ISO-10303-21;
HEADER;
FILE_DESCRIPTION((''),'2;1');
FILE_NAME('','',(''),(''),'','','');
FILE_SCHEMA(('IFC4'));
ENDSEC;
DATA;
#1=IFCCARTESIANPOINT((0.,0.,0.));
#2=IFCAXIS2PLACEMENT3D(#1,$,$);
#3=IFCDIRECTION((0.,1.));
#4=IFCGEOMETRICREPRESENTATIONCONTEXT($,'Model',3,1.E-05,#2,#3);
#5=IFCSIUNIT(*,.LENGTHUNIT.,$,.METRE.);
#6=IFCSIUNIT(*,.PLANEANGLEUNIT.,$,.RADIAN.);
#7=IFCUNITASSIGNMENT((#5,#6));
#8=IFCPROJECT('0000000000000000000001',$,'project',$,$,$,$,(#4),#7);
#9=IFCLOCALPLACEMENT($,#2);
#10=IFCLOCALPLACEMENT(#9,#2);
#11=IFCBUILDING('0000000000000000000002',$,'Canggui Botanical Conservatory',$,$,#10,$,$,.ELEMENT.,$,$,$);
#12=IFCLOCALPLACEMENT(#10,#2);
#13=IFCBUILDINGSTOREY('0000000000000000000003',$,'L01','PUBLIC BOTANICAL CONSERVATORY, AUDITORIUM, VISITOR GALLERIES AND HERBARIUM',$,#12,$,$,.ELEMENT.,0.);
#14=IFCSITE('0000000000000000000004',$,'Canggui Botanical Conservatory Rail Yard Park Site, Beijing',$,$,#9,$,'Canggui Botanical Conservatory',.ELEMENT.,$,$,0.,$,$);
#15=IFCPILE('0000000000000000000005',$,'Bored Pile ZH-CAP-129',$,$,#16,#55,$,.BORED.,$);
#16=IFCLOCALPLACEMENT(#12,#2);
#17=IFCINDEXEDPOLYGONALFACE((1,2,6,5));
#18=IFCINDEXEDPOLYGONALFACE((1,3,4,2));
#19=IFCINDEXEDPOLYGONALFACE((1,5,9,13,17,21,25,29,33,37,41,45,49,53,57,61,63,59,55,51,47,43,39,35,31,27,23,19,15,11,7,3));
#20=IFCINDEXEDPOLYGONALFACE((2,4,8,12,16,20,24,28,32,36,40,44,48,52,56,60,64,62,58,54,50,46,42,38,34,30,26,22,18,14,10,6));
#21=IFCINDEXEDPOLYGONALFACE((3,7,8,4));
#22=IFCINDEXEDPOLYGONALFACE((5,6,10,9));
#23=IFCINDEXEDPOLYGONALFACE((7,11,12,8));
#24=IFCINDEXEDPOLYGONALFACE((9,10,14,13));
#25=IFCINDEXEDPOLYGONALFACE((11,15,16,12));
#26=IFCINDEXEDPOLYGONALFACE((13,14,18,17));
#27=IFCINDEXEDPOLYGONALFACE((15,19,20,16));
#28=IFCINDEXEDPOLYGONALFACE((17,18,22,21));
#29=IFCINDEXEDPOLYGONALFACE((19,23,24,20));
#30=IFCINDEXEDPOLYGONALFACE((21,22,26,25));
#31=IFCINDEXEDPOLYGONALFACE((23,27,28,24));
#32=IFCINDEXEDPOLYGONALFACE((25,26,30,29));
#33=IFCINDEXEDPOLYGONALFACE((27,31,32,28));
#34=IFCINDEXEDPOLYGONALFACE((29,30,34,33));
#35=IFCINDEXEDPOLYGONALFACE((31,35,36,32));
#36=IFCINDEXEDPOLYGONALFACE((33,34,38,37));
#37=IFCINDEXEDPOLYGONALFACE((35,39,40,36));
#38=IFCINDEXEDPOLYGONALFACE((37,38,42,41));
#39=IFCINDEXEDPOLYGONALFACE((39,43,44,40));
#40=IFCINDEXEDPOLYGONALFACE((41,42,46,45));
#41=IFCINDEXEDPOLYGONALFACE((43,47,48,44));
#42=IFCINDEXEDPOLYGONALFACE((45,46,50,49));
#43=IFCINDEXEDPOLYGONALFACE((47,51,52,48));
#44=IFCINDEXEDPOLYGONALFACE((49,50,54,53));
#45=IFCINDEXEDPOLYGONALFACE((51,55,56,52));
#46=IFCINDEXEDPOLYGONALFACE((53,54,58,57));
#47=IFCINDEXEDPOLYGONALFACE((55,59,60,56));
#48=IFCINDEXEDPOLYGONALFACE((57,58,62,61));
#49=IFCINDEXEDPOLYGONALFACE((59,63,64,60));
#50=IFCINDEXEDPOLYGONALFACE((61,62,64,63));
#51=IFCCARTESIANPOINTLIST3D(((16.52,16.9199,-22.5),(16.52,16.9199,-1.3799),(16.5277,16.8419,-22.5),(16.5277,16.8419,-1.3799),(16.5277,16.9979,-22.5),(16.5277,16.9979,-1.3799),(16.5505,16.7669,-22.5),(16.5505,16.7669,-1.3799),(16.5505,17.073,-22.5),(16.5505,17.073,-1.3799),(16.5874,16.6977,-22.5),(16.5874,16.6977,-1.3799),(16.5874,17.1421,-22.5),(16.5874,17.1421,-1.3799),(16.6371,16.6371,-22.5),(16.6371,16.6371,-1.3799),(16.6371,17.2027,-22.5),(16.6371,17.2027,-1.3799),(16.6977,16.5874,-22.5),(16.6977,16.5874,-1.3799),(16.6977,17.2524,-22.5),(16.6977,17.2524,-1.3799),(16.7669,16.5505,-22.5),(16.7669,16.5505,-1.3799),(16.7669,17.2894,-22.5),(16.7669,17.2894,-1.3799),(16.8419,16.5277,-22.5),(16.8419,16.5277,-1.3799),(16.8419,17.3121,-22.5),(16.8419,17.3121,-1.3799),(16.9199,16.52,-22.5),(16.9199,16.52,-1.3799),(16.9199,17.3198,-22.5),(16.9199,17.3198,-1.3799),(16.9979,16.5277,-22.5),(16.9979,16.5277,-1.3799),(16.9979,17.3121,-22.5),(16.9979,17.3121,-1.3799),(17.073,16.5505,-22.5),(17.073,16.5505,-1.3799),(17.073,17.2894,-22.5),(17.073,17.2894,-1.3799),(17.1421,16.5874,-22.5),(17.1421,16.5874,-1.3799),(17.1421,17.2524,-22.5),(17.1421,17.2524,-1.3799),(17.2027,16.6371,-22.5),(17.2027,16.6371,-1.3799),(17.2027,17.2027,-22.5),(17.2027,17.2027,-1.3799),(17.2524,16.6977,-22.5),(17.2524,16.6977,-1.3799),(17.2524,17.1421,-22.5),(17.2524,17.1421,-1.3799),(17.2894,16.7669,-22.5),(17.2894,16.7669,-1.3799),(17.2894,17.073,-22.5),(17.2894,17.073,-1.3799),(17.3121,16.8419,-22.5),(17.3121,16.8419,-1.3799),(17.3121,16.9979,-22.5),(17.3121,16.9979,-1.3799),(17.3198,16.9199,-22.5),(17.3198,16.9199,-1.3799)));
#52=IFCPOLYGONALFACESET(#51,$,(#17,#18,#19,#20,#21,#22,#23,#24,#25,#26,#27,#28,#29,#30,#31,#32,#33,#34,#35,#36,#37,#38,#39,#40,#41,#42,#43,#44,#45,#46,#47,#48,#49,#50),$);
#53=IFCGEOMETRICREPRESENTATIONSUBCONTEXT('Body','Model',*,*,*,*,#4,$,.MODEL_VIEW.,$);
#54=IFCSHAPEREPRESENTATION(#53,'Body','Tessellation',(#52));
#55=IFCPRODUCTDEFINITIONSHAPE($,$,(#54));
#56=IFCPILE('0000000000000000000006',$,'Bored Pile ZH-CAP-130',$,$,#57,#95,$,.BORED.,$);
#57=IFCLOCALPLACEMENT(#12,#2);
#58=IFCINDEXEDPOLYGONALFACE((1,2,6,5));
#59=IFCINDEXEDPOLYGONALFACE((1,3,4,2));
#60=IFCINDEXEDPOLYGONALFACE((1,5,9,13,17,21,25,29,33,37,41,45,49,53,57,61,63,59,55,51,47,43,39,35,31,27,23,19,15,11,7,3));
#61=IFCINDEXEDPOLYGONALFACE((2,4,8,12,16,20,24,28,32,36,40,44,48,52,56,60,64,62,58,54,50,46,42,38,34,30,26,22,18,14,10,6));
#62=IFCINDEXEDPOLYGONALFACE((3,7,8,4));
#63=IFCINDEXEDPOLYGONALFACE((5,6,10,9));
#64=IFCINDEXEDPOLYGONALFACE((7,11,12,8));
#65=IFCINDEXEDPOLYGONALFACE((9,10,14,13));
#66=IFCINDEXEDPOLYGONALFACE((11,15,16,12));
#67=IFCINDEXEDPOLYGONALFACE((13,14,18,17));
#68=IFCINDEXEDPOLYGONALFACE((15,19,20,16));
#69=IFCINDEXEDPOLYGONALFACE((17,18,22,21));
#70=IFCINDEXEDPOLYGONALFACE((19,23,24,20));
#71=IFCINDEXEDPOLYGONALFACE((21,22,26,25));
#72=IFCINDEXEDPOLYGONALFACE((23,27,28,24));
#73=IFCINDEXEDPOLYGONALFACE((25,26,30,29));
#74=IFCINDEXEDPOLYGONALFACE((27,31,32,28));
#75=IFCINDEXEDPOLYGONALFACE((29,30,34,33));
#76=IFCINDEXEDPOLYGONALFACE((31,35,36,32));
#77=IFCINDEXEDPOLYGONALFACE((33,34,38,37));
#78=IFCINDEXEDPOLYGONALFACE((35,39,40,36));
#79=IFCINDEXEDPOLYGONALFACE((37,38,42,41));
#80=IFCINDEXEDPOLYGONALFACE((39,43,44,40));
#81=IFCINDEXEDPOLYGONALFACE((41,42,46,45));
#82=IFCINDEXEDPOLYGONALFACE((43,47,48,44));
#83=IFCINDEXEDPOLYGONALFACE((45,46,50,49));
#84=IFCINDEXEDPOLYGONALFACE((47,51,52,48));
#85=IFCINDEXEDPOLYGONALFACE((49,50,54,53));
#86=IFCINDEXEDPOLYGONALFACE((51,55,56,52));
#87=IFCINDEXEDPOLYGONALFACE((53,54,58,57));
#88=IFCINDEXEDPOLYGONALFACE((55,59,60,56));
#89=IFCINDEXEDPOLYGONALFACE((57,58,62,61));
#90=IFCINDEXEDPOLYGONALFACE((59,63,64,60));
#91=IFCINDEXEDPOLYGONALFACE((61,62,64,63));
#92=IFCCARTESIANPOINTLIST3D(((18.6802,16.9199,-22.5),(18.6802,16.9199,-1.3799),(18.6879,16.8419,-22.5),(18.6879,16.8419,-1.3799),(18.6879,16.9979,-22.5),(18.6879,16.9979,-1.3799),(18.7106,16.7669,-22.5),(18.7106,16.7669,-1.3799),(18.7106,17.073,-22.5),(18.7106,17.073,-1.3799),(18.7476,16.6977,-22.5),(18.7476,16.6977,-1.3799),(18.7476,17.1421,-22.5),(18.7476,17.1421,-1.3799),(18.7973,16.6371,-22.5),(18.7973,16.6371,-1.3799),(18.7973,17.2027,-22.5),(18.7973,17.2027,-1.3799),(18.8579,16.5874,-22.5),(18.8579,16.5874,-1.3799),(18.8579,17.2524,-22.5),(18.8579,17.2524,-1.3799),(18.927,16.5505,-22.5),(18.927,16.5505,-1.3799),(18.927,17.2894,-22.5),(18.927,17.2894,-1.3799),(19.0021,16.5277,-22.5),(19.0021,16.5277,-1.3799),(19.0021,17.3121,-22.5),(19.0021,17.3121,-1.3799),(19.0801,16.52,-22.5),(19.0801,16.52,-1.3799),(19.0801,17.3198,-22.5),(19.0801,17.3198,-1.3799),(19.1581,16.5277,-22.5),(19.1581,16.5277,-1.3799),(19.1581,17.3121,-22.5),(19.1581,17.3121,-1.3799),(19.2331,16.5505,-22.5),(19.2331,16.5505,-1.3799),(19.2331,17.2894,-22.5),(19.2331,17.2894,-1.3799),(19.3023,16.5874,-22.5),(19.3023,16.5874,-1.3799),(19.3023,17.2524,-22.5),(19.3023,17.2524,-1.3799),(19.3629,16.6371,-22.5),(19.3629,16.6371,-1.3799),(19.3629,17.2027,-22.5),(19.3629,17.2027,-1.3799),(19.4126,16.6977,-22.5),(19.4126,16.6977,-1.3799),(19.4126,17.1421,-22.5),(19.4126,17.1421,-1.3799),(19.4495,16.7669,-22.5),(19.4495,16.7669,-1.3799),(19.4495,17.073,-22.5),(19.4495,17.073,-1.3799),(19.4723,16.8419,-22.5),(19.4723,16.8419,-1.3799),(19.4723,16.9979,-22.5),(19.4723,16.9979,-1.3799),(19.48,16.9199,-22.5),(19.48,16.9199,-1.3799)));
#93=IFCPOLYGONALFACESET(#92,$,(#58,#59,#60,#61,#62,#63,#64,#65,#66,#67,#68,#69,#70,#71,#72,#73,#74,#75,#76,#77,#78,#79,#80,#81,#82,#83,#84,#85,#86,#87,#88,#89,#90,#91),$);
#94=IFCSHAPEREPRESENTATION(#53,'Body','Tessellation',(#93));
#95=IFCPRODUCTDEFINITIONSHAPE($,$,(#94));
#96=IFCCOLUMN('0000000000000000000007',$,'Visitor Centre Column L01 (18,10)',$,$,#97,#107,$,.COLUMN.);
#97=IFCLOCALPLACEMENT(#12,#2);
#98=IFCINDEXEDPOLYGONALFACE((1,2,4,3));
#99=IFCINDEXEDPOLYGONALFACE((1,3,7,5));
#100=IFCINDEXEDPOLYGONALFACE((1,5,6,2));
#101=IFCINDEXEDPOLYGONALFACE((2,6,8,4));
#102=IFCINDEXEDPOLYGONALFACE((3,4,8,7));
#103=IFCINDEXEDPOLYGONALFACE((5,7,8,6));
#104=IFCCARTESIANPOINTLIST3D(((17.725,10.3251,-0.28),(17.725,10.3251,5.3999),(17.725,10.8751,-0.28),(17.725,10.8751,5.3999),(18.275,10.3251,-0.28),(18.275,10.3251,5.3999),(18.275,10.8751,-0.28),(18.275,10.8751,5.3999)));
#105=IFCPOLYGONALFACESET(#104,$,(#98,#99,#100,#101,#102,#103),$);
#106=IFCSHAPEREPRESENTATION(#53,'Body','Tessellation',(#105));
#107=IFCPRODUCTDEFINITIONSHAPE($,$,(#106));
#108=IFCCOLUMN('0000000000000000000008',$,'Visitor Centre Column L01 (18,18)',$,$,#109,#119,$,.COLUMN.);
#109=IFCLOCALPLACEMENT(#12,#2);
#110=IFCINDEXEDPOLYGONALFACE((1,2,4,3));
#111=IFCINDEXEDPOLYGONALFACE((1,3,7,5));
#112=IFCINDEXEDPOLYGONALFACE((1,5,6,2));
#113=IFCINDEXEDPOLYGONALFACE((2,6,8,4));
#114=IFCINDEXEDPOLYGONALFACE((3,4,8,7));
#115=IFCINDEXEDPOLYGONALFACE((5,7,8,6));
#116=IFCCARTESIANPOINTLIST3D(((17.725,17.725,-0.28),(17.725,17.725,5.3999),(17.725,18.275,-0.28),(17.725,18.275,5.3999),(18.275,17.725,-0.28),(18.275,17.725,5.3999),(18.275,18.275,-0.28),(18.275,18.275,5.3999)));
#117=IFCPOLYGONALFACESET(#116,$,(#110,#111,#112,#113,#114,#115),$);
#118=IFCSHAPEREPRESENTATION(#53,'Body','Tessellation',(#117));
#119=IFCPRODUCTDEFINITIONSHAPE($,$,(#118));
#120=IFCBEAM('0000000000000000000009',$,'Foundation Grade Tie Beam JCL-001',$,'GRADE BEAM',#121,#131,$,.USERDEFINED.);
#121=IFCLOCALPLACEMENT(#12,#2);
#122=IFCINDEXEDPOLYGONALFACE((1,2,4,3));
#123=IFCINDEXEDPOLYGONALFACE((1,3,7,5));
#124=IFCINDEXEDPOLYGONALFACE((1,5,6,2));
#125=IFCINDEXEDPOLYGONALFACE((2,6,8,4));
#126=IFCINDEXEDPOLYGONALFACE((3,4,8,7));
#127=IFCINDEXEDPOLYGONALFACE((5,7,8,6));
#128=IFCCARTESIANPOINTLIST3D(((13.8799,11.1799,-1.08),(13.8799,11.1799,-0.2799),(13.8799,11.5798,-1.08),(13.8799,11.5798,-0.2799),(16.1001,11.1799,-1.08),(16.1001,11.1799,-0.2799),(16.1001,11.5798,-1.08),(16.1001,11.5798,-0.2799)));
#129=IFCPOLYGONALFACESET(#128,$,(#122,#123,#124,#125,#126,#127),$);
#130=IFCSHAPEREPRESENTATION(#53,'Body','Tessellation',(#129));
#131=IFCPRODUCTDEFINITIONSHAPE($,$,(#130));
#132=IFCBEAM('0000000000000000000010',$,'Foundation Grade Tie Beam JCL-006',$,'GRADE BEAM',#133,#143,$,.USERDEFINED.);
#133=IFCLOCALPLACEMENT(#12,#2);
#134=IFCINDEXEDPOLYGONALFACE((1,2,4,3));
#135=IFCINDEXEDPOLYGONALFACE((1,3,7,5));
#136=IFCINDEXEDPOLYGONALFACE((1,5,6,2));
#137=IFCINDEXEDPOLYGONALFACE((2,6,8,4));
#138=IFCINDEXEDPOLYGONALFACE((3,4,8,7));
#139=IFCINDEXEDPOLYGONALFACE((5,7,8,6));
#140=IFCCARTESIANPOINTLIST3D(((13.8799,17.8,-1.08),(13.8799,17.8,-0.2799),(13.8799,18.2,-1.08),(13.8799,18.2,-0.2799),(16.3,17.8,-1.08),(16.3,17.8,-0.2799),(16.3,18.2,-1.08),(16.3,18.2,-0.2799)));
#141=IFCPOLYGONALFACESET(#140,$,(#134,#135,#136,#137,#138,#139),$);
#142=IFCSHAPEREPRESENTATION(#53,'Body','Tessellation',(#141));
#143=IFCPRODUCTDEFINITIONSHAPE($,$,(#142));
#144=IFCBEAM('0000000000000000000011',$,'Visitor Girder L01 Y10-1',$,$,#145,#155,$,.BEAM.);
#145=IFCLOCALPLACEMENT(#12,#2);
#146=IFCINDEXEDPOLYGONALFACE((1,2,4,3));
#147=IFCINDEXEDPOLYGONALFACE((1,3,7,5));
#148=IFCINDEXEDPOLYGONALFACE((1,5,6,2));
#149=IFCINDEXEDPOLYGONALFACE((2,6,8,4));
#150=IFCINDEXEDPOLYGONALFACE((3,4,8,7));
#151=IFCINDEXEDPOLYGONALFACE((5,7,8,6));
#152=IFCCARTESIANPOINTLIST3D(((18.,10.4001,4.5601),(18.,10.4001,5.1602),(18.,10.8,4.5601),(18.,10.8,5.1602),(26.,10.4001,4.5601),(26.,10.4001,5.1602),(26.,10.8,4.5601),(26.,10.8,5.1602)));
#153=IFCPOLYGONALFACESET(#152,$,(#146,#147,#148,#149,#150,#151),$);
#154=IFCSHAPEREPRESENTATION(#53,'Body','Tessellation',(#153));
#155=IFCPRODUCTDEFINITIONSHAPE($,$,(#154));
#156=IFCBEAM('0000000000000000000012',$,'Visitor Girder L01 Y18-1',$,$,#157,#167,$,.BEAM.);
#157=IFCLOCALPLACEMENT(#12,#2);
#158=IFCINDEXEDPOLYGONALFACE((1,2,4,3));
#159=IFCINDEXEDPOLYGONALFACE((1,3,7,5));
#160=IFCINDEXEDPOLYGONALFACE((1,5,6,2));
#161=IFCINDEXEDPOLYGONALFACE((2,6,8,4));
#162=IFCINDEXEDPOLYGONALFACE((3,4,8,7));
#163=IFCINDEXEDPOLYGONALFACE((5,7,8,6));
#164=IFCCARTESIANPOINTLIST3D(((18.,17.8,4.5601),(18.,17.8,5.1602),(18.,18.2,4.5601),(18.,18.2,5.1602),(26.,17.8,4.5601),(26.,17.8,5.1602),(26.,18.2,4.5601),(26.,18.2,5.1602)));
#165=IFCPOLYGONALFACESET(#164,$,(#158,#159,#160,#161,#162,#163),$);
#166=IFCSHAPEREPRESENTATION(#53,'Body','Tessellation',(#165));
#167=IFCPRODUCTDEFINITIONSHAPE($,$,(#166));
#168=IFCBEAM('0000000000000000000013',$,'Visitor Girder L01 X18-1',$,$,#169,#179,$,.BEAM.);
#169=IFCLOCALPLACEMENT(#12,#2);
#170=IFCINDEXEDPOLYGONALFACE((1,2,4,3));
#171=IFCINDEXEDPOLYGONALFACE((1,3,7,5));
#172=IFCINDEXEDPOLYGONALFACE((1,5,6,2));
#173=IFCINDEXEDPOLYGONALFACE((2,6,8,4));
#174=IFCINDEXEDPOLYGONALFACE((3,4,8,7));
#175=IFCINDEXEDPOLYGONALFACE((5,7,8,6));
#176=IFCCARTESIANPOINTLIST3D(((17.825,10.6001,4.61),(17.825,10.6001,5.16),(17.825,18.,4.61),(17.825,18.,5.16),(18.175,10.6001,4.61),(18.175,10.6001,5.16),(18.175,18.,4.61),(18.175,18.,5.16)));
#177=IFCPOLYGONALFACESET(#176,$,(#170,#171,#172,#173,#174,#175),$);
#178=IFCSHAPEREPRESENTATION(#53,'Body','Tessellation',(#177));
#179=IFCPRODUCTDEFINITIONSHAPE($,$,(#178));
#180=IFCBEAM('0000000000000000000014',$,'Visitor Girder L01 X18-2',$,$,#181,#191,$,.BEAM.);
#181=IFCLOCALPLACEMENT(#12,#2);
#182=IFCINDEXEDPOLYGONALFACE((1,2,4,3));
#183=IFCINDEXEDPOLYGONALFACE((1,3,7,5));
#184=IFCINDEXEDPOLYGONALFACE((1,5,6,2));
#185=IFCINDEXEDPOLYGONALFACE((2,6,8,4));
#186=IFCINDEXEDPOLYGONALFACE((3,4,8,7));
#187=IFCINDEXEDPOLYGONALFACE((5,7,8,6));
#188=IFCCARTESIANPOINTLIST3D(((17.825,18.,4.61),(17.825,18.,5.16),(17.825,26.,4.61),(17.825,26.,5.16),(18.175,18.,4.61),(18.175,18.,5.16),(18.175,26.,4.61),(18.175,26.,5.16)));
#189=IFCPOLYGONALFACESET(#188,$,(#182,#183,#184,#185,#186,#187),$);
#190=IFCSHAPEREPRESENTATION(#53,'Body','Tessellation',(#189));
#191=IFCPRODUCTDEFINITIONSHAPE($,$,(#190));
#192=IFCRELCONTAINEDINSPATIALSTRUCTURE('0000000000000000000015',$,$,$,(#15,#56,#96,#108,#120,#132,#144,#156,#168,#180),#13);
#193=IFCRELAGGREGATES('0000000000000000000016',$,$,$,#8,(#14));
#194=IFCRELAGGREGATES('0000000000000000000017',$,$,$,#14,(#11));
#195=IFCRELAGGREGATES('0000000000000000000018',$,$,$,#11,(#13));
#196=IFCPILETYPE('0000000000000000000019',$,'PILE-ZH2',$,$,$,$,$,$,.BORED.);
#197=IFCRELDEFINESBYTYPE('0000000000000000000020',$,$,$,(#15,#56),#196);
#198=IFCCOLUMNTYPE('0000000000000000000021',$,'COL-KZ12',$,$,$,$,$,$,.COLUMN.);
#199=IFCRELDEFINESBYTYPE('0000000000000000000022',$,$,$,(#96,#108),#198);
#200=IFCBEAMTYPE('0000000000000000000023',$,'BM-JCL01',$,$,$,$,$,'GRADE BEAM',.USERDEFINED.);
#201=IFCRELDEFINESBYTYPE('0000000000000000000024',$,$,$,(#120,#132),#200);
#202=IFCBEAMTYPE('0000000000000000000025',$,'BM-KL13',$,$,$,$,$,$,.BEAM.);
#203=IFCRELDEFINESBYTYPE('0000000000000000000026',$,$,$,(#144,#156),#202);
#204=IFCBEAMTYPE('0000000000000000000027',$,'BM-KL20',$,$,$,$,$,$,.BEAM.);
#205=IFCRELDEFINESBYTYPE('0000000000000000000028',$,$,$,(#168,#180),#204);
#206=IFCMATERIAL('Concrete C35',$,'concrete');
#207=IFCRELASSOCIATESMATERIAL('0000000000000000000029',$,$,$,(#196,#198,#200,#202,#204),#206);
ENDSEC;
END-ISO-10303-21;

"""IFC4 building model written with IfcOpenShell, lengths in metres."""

from ifc_helpers import new_model, si_unit, direction, frame, origin, origin_2d, place, context, subcontext, project, spatial, rectangle, circle, extrude, material, material_profile, profile_set, type_object, element, save


model = new_model("IFC4")

# Units and contexts
model_context = context("Model", 3, precision=1e-05, world=origin(), true_north=direction((0.0, 1.0)))
body_context = subcontext(model_context, "Body", "Model", "MODEL_VIEW")
ifc_project = project(units=[si_unit("LENGTHUNIT", "METRE"), si_unit("PLANEANGLEUNIT", "RADIAN")], contexts=[model_context])

# Site, building, storey
site_placement = place(None, origin())
site = spatial("IfcSite", under=ifc_project, at=site_placement, Name="Canggui Botanical Conservatory Rail Yard Park Site, Beijing", LongName="Canggui Botanical Conservatory", CompositionType="ELEMENT", RefElevation=0.0)
building_placement = place(site_placement, origin())
building = spatial("IfcBuilding", under=site, at=building_placement, Name="Canggui Botanical Conservatory", CompositionType="ELEMENT")
storey_placement = place(building_placement, origin())
storey = spatial("IfcBuildingStorey", under=building, at=storey_placement, Name="L01", Description="PUBLIC BOTANICAL CONSERVATORY, AUDITORIUM, VISITOR GALLERIES AND HERBARIUM", CompositionType="ELEMENT", Elevation=0.0)

# Shared definitions
ifc_material_1 = material(Name="Concrete C35", Category="concrete")

# Piles
ifc_material_profile_1 = material_profile(ifc_material_1, circle(Radius=0.3999, at=origin_2d()), Name="PILE D800")
ifc_profile_set_1 = profile_set([ifc_material_profile_1], Name="Concrete C35")
pile_type = type_object("IfcPileType", Name="PILE-ZH2", PredefinedType="BORED", material=ifc_profile_set_1)
for number, where, z_axis, x_axis, name in (
    (1, (16.9199, 16.9199, -1.3799), (0.0, 0.0, -1.0), (1.0, 0.0, 0.0), "Bored Pile ZH-CAP-129"),
    (2, (19.0801, 16.9199, -1.3799), (0.0, 0.0, -1.0), (1.0, 0.0, 0.0), "Bored Pile ZH-CAP-130"),
):
    element("IfcPile", number, at=place(storey_placement, frame(where, z_axis=z_axis, x_axis=x_axis)), inside=storey, type_object=pile_type, Name=name, PredefinedType="BORED", context=body_context, shape_type="SweptSolid", body=[
        extrude(circle(Radius=0.3999, at=origin_2d()), origin(), (0.0, 0.0, 1.0), 21.1201),
    ])

# Columns
ifc_material_profile_2 = material_profile(ifc_material_1, rectangle(XDim=0.55, YDim=0.55, at=origin_2d()), Name="RC 550x550")
ifc_profile_set_2 = profile_set([ifc_material_profile_2], Name="Concrete C35")
column_type = type_object("IfcColumnType", Name="COL-KZ12", PredefinedType="COLUMN", material=ifc_profile_set_2)
for number, where, z_axis, x_axis, name in (
    (3, (18.0, 10.6001, -0.28), (0.0, 0.0, 1.0), (1.0, 0.0, 0.0), "Visitor Centre Column L01 (18,10)"),
    (4, (18.0, 18.0, -0.28), (0.0, 0.0, 1.0), (1.0, 0.0, 0.0), "Visitor Centre Column L01 (18,18)"),
):
    element("IfcColumn", number, at=place(storey_placement, frame(where, z_axis=z_axis, x_axis=x_axis)), inside=storey, type_object=column_type, Name=name, PredefinedType="COLUMN", context=body_context, shape_type="SweptSolid", body=[
        extrude(rectangle(XDim=0.55, YDim=0.55, at=origin_2d()), origin(), (0.0, 0.0, 1.0), 5.6799),
    ])

# Beams
ifc_material_profile_3 = material_profile(ifc_material_1, rectangle(XDim=0.3999, YDim=0.8, at=origin_2d()), Name="RB 400x800")
ifc_profile_set_3 = profile_set([ifc_material_profile_3], Name="Concrete C35")
beam_type_1 = type_object("IfcBeamType", Name="BM-JCL01", ElementType="GRADE BEAM", PredefinedType="USERDEFINED", material=ifc_profile_set_3)
beam_1_placement = place(storey_placement, frame((13.8799, 11.3799, -0.6799), z_axis=(1.0, 0.0, 0.0), x_axis=(0.0, 1.0, 0.0)))
element("IfcBeam", 5, at=beam_1_placement, inside=storey, type_object=beam_type_1, Name="Foundation Grade Tie Beam JCL-001", ObjectType="GRADE BEAM", PredefinedType="USERDEFINED", context=body_context, shape_type="SweptSolid", body=[
    extrude(rectangle(XDim=0.3999, YDim=0.8, at=origin_2d()), origin(), (0.0, 0.0, 1.0), 2.2202),
])
beam_2_placement = place(storey_placement, frame((13.8799, 18.0, -0.6799), z_axis=(1.0, 0.0, 0.0), x_axis=(0.0, 1.0, 0.0)))
element("IfcBeam", 6, at=beam_2_placement, inside=storey, type_object=beam_type_1, Name="Foundation Grade Tie Beam JCL-006", ObjectType="GRADE BEAM", PredefinedType="USERDEFINED", context=body_context, shape_type="SweptSolid", body=[
    extrude(rectangle(XDim=0.3999, YDim=0.8, at=origin_2d()), origin(), (0.0, 0.0, 1.0), 2.4202),
])
ifc_material_profile_4 = material_profile(ifc_material_1, rectangle(XDim=0.3999, YDim=0.6001, at=origin_2d()), Name="RB 400x600")
ifc_profile_set_4 = profile_set([ifc_material_profile_4], Name="Concrete C35")
beam_type_2 = type_object("IfcBeamType", Name="BM-KL13", PredefinedType="BEAM", material=ifc_profile_set_4)
for number, where, z_axis, x_axis, name in (
    (7, (18.0, 10.6001, 4.8601), (1.0, 0.0, 0.0), (0.0, 1.0, 0.0), "Visitor Girder L01 Y10-1"),
    (8, (18.0, 18.0, 4.8601), (1.0, 0.0, 0.0), (0.0, 1.0, 0.0), "Visitor Girder L01 Y18-1"),
):
    element("IfcBeam", number, at=place(storey_placement, frame(where, z_axis=z_axis, x_axis=x_axis)), inside=storey, type_object=beam_type_2, Name=name, PredefinedType="BEAM", context=body_context, shape_type="SweptSolid", body=[
        extrude(rectangle(XDim=0.3999, YDim=0.6001, at=origin_2d()), origin(), (0.0, 0.0, 1.0), 8.0),
    ])
ifc_material_profile_5 = material_profile(ifc_material_1, rectangle(XDim=0.3501, YDim=0.55, at=origin_2d()), Name="RB 350x550")
ifc_profile_set_5 = profile_set([ifc_material_profile_5], Name="Concrete C35")
beam_type_3 = type_object("IfcBeamType", Name="BM-KL20", PredefinedType="BEAM", material=ifc_profile_set_5)
beam_3_placement = place(storey_placement, frame((18.0, 10.6001, 4.885), z_axis=(0.0, 1.0, 0.0), x_axis=(-1.0, 0.0, 0.0)))
element("IfcBeam", 9, at=beam_3_placement, inside=storey, type_object=beam_type_3, Name="Visitor Girder L01 X18-1", PredefinedType="BEAM", context=body_context, shape_type="SweptSolid", body=[
    extrude(rectangle(XDim=0.3501, YDim=0.55, at=origin_2d()), origin(), (0.0, 0.0, 1.0), 7.3999),
])
beam_4_placement = place(storey_placement, frame((18.0, 18.0, 4.885), z_axis=(0.0, 1.0, 0.0), x_axis=(-1.0, 0.0, 0.0)))
element("IfcBeam", 10, at=beam_4_placement, inside=storey, type_object=beam_type_3, Name="Visitor Girder L01 X18-2", PredefinedType="BEAM", context=body_context, shape_type="SweptSolid", body=[
    extrude(rectangle(XDim=0.3501, YDim=0.55, at=origin_2d()), origin(), (0.0, 0.0, 1.0), 8.0),
])

save(model, "model.ifc")
